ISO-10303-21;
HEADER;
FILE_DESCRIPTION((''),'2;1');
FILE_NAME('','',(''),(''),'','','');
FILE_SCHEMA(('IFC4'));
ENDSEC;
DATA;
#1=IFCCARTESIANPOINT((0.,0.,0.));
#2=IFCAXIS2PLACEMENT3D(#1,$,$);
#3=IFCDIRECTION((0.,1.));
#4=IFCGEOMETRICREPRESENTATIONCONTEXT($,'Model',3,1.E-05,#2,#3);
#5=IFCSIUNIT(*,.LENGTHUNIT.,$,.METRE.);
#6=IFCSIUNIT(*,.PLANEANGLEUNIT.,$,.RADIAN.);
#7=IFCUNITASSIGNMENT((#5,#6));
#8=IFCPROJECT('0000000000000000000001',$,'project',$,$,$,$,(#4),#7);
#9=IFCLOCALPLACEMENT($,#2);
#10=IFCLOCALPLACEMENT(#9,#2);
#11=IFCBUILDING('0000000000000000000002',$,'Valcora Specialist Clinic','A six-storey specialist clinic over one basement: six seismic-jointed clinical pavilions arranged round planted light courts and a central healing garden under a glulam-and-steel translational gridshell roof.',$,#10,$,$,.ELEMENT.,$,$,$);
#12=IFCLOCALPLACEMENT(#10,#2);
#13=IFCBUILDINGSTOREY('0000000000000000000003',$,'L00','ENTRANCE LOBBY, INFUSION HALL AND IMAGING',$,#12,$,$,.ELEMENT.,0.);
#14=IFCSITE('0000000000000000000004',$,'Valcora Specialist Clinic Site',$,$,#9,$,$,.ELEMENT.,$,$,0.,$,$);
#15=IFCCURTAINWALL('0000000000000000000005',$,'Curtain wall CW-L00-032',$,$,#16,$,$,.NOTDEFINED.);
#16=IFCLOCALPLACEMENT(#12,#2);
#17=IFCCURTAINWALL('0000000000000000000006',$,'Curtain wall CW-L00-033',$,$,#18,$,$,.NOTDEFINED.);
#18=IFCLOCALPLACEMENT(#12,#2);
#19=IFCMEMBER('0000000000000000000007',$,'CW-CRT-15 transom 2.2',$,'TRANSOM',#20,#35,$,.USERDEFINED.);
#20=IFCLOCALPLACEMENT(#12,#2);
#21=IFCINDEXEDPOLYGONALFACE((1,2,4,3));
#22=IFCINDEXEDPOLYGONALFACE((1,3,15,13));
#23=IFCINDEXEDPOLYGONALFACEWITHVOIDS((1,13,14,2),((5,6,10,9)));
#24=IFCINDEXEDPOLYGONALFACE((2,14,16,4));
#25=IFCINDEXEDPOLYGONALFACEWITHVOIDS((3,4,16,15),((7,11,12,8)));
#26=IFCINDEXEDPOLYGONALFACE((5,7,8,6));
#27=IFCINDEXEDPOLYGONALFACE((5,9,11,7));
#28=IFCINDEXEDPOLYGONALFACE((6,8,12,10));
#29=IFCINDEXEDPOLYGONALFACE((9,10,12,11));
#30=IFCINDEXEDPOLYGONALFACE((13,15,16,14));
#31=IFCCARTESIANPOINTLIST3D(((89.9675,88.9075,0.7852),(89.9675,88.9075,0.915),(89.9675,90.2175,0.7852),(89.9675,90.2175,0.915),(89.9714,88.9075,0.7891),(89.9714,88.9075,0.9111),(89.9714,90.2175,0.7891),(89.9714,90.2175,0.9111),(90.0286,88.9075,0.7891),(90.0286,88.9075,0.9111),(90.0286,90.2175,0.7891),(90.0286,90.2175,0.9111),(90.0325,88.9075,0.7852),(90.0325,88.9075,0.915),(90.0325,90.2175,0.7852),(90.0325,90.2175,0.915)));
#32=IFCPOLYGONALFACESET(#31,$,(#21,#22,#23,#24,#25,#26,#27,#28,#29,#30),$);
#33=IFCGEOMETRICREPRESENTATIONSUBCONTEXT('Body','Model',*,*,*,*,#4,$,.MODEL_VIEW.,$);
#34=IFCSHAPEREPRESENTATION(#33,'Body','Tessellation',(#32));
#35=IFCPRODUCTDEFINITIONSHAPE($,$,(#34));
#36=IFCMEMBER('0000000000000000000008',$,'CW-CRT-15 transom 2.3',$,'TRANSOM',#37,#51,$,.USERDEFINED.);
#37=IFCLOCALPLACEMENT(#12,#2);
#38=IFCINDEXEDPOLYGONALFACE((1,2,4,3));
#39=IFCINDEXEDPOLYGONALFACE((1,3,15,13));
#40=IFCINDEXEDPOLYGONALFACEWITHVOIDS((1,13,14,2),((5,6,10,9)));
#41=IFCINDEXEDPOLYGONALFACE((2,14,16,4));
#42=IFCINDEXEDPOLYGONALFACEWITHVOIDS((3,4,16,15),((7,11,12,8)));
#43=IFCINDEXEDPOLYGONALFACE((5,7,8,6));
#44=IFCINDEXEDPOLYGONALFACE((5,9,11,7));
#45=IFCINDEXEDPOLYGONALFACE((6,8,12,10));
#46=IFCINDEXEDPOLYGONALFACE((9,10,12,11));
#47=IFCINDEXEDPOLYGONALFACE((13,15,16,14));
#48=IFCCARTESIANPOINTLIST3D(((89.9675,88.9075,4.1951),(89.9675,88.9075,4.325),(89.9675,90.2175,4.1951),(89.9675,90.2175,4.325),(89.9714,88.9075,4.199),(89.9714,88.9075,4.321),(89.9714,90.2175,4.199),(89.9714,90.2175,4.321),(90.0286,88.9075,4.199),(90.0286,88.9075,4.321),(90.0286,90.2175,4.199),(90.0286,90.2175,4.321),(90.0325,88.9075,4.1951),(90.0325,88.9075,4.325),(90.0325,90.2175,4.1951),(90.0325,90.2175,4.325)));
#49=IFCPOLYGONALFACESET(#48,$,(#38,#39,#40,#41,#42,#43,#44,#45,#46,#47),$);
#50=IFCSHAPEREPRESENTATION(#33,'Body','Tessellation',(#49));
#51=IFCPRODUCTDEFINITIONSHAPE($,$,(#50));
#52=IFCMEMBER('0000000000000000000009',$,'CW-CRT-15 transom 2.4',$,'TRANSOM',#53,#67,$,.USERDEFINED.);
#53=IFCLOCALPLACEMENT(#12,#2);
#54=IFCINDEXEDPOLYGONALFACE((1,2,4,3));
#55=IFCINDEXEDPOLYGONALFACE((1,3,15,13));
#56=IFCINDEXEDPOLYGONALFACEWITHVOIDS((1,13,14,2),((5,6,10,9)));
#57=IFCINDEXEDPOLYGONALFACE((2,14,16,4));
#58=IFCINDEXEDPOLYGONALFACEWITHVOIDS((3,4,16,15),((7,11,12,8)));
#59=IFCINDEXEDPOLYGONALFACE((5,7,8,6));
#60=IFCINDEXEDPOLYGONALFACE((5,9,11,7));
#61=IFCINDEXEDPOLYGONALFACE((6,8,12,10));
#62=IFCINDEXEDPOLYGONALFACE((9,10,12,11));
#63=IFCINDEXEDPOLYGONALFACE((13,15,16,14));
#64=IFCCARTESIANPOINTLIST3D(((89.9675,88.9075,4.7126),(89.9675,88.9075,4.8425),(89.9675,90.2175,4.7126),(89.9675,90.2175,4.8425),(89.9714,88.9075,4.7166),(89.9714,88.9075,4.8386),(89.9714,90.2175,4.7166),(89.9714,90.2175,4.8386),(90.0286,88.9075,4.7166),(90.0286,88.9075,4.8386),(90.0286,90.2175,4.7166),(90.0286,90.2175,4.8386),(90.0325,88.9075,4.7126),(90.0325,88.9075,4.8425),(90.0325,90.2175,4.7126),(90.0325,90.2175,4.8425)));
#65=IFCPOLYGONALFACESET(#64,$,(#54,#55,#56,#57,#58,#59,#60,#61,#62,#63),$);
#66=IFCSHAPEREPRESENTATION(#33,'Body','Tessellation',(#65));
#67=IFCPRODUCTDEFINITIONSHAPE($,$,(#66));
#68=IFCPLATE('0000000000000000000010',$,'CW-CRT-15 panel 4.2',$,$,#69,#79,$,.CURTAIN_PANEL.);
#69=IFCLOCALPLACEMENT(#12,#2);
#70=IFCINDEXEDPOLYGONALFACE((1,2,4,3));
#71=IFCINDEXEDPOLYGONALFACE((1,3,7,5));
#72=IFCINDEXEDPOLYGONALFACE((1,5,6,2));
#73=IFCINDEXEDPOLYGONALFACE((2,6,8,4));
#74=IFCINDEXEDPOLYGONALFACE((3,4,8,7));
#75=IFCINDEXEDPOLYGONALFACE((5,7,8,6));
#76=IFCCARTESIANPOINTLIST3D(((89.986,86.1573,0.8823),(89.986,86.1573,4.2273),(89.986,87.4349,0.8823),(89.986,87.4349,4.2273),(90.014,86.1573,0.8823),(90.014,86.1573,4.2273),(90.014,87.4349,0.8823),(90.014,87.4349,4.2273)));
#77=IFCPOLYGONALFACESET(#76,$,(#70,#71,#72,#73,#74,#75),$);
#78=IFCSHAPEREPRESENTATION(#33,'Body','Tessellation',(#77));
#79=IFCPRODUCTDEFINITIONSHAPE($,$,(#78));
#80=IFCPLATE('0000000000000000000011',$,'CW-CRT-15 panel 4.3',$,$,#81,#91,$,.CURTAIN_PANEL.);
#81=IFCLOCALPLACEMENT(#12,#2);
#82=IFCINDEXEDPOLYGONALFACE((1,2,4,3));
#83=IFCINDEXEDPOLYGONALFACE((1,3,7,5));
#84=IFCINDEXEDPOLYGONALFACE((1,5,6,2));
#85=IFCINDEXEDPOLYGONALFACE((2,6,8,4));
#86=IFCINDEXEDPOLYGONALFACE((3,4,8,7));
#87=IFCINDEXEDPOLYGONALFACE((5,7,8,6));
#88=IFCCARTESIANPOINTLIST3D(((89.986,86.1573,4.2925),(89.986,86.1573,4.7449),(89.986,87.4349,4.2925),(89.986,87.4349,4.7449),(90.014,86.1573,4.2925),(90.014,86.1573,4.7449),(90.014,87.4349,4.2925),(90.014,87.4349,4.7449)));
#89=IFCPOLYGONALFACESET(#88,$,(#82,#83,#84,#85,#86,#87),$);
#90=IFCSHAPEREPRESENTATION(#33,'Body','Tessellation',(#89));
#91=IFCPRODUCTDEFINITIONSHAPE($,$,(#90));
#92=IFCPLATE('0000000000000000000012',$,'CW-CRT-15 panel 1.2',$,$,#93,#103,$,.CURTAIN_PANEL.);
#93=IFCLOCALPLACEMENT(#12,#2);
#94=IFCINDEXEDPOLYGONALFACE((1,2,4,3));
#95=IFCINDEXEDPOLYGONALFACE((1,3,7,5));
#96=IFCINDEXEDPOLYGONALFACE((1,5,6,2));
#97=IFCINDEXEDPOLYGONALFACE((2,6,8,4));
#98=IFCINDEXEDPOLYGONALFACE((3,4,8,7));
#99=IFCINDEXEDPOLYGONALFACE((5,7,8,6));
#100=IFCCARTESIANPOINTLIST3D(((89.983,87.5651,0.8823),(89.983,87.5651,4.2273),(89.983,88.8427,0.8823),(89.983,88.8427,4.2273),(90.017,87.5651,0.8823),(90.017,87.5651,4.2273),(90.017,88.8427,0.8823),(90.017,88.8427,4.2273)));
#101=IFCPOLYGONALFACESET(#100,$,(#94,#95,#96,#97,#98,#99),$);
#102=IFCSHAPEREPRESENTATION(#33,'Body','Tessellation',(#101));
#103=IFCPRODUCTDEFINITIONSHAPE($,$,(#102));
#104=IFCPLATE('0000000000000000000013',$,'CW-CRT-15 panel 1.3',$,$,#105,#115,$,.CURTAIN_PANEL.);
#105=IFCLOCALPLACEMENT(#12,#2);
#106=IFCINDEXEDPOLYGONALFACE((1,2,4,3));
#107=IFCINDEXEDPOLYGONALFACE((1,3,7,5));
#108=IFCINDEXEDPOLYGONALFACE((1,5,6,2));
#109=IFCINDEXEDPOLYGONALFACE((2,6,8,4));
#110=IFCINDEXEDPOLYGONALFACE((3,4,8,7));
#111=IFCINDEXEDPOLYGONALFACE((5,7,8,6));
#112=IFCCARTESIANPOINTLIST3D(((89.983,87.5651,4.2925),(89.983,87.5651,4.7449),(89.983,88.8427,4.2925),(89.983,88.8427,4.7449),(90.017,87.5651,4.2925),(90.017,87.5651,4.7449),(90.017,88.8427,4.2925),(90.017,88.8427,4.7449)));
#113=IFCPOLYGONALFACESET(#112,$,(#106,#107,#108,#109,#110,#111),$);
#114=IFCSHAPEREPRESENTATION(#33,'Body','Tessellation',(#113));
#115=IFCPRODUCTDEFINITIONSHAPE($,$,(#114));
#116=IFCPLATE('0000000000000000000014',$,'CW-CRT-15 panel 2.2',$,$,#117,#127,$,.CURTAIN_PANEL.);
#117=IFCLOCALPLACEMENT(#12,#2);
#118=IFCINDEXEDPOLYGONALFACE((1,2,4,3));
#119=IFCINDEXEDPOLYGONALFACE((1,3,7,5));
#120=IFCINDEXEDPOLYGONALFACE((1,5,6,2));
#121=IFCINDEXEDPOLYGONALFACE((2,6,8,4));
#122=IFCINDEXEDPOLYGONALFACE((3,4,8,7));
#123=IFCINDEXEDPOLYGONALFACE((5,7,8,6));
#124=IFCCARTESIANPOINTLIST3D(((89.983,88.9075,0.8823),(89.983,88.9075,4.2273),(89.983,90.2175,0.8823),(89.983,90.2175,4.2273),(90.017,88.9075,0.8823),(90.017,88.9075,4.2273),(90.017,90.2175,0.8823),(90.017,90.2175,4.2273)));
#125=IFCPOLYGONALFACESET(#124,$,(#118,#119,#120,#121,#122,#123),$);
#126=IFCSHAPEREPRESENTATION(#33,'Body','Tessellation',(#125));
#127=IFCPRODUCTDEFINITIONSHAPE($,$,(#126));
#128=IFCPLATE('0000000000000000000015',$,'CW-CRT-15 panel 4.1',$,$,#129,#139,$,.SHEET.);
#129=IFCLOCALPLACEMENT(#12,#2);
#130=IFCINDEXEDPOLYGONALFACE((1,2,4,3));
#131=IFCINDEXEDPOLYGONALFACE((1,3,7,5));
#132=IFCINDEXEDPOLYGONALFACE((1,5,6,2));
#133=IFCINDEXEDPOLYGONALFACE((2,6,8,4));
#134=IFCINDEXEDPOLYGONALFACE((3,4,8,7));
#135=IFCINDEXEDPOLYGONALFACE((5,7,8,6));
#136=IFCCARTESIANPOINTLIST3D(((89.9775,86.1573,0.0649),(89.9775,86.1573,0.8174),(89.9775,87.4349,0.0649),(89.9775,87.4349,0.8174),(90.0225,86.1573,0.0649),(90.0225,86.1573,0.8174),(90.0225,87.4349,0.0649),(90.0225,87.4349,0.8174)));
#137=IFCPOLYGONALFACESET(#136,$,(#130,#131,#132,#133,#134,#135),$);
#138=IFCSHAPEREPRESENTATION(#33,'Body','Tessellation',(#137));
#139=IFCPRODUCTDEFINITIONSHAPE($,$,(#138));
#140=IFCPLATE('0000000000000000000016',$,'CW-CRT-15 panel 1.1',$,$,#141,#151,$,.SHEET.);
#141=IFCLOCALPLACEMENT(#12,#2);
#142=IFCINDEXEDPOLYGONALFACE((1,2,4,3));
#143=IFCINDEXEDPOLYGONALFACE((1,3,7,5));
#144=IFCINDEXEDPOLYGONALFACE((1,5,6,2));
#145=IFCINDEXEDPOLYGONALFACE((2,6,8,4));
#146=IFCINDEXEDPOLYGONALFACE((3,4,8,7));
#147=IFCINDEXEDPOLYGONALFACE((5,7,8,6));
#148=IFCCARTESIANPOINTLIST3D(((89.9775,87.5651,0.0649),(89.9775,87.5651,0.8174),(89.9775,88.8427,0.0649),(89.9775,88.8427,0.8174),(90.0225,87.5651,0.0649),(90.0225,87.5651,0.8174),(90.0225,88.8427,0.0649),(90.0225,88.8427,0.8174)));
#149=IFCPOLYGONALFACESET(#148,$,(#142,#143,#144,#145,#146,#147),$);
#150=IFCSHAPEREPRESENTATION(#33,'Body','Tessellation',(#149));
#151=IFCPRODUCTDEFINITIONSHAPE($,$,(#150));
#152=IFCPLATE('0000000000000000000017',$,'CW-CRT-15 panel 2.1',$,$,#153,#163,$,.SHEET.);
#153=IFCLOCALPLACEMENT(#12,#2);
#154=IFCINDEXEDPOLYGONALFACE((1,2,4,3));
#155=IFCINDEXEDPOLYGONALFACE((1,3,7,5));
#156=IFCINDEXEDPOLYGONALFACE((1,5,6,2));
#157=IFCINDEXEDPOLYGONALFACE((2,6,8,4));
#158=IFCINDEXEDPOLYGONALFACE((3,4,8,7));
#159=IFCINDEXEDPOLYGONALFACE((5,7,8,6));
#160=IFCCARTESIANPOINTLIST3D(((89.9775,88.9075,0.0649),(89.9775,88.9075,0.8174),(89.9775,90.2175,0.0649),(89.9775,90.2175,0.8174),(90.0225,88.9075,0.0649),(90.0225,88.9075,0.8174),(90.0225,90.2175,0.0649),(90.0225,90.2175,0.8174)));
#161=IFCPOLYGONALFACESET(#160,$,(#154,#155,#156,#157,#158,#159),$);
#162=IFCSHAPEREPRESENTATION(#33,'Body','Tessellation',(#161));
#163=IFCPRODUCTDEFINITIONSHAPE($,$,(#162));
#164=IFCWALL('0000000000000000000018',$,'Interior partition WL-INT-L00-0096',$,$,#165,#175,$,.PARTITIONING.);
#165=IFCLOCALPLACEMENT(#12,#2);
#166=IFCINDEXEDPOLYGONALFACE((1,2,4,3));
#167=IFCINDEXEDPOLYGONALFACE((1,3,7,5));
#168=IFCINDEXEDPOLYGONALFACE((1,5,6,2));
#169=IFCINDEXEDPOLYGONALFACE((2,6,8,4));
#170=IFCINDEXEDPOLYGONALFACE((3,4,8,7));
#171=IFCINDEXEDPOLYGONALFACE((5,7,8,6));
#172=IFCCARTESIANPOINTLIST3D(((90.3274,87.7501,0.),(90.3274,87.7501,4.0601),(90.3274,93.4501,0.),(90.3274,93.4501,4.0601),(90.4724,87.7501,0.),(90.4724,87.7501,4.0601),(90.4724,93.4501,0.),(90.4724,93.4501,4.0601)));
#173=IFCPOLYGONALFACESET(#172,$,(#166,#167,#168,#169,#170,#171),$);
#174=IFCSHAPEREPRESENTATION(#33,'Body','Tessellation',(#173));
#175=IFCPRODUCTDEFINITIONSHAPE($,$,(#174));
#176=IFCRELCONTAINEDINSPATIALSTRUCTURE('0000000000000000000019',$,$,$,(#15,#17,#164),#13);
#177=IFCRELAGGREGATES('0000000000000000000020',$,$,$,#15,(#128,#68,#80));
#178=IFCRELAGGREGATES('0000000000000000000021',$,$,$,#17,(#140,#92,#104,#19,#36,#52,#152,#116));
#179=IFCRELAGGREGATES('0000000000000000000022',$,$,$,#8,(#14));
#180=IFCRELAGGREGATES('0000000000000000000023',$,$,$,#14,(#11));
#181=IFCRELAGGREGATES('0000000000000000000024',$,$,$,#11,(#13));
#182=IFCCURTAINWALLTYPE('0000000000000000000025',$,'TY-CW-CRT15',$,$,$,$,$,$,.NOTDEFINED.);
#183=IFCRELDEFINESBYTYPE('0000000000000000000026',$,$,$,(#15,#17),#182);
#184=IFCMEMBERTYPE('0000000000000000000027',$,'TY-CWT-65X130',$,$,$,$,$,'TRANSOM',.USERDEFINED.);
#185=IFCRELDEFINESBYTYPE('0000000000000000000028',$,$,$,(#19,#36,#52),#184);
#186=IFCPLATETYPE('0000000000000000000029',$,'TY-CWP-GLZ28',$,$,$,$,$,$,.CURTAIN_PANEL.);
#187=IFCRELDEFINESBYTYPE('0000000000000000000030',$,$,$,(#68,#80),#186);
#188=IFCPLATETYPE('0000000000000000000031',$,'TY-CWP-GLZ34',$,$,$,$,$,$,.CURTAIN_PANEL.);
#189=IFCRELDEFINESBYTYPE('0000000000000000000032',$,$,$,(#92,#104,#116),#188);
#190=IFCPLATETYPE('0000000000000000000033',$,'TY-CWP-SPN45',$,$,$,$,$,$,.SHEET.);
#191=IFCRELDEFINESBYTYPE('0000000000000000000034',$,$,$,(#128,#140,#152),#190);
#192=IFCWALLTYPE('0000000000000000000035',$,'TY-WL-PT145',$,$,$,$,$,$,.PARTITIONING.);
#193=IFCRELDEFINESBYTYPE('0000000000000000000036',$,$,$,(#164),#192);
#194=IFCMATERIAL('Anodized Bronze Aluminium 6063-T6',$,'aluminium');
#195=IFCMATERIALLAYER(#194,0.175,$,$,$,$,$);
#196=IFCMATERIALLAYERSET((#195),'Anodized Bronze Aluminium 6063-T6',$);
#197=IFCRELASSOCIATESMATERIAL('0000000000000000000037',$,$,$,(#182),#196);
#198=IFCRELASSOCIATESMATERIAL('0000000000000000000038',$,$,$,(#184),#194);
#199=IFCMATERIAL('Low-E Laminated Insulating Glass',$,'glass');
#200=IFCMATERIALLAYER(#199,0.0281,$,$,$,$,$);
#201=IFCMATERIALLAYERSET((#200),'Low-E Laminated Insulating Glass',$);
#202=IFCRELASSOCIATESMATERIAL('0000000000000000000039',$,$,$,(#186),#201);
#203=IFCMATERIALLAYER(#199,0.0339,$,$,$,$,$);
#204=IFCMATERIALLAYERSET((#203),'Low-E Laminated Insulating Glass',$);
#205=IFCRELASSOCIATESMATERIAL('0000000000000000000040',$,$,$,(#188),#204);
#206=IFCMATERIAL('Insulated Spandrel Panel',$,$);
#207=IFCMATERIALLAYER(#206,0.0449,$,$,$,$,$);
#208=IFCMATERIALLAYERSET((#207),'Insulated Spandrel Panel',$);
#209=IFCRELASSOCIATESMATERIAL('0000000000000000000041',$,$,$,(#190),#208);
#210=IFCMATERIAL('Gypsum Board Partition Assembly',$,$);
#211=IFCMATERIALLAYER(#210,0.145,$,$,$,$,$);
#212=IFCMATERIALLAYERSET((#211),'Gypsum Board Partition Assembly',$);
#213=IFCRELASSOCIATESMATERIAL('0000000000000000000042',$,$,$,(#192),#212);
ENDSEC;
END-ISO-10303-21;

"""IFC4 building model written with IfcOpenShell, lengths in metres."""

from ifc_helpers import new_model, si_unit, direction, frame, frame_2d, origin, origin_2d, place, context, subcontext, project, spatial, rectangle, hollow_rectangle, extrude, material, layer, layer_set, material_profile, profile_set, type_object, element, aggregate, save


model = new_model("IFC4")

# Units and contexts
model_context = context("Model", 3, precision=1e-05, world=origin(), true_north=direction((0.0, 1.0)))
body_context = subcontext(model_context, "Body", "Model", "MODEL_VIEW")
ifc_project = project(units=[si_unit("LENGTHUNIT", "METRE"), si_unit("PLANEANGLEUNIT", "RADIAN")], contexts=[model_context])

# Site, building, storey
site_placement = place(None, origin())
site = spatial("IfcSite", under=ifc_project, at=site_placement, Name="Valcora Specialist Clinic Site", CompositionType="ELEMENT", RefElevation=0.0)
building_placement = place(site_placement, origin())
building = spatial("IfcBuilding", under=site, at=building_placement, Name="Valcora Specialist Clinic", Description="A six-storey specialist clinic over one basement: six seismic-jointed clinical pavilions arranged round planted light courts and a central healing garden under a glulam-and-steel translational gridshell roof.", CompositionType="ELEMENT")
storey_placement = place(building_placement, origin())
storey = spatial("IfcBuildingStorey", under=building, at=storey_placement, Name="L00", Description="ENTRANCE LOBBY, INFUSION HALL AND IMAGING", CompositionType="ELEMENT", Elevation=0.0)

# Curtain wall
ifc_material_1 = material(Name="Anodized Bronze Aluminium 6063-T6", Category="aluminium")
ifc_layer_1 = layer(ifc_material_1, 0.175)
ifc_layer_set_1 = layer_set([ifc_layer_1], Name="Anodized Bronze Aluminium 6063-T6")
curtain_wall_type = type_object("IfcCurtainWallType", Name="TY-CW-CRT15", PredefinedType="NOTDEFINED", material=ifc_layer_set_1)
curtain_wall_1_placement = place(storey_placement, origin())
curtain_wall_1 = element("IfcCurtainWall", 1, at=curtain_wall_1_placement, inside=storey, type_object=curtain_wall_type, Name="Curtain wall CW-L00-032", PredefinedType="NOTDEFINED")

# Curtain wall
curtain_wall_2_placement = place(storey_placement, origin())
curtain_wall_2 = element("IfcCurtainWall", 2, at=curtain_wall_2_placement, inside=storey, type_object=curtain_wall_type, Name="Curtain wall CW-L00-033", PredefinedType="NOTDEFINED")

# Members
ifc_material_profile_1 = material_profile(ifc_material_1, hollow_rectangle(XDim=0.0649, YDim=0.1299, WallThickness=0.0039, at=origin_2d()), Name="AL-TRN-65X130")
ifc_profile_set_1 = profile_set([ifc_material_profile_1], Name="Anodized Bronze Aluminium 6063-T6")
member_type_1 = type_object("IfcMemberType", Name="TY-CWT-65X130", ElementType="TRANSOM", PredefinedType="USERDEFINED", material=ifc_profile_set_1)
member_1_placement = place(storey_placement, frame((90.0, 88.9075, 0.8501), z_axis=(0.0, 1.0, 0.0), x_axis=(-1.0, 0.0, 0.0)))
member_1 = element("IfcMember", 3, at=member_1_placement, type_object=member_type_1, Name="CW-CRT-15 transom 2.2", ObjectType="TRANSOM", PredefinedType="USERDEFINED", context=body_context, shape_type="SweptSolid", body=[
    extrude(hollow_rectangle(XDim=0.0649, YDim=0.1299, WallThickness=0.0039, at=origin_2d()), origin(), (0.0, 0.0, 1.0), 1.3101),
])
member_2_placement = place(storey_placement, frame((90.0, 88.9075, 4.26), z_axis=(0.0, 1.0, 0.0), x_axis=(-1.0, 0.0, 0.0)))
member_2 = element("IfcMember", 4, at=member_2_placement, type_object=member_type_1, Name="CW-CRT-15 transom 2.3", ObjectType="TRANSOM", PredefinedType="USERDEFINED", context=body_context, shape_type="SweptSolid", body=[
    extrude(hollow_rectangle(XDim=0.0649, YDim=0.1299, WallThickness=0.0039, at=origin_2d()), origin(), (0.0, 0.0, 1.0), 1.3101),
])
member_3_placement = place(storey_placement, frame((90.0, 88.9075, 4.7776), z_axis=(0.0, 1.0, 0.0), x_axis=(-1.0, 0.0, 0.0)))
member_3 = element("IfcMember", 5, at=member_3_placement, type_object=member_type_1, Name="CW-CRT-15 transom 2.4", ObjectType="TRANSOM", PredefinedType="USERDEFINED", context=body_context, shape_type="SweptSolid", body=[
    extrude(hollow_rectangle(XDim=0.0649, YDim=0.1299, WallThickness=0.0039, at=origin_2d()), origin(), (0.0, 0.0, 1.0), 1.3101),
])

# Plates
ifc_material_2 = material(Name="Low-E Laminated Insulating Glass", Category="glass")
ifc_layer_2 = layer(ifc_material_2, 0.0281)
ifc_layer_set_2 = layer_set([ifc_layer_2], Name="Low-E Laminated Insulating Glass")
plate_type_1 = type_object("IfcPlateType", Name="TY-CWP-GLZ28", PredefinedType="CURTAIN_PANEL", material=ifc_layer_set_2)
plate_1_placement = place(storey_placement, frame((90.0, 86.7961, 0.8823), z_axis=(0.0, 0.0, 1.0), x_axis=(0.0, 1.0, 0.0)))
plate_1 = element("IfcPlate", 6, at=plate_1_placement, type_object=plate_type_1, Name="CW-CRT-15 panel 4.2", PredefinedType="CURTAIN_PANEL", context=body_context, shape_type="SweptSolid", body=[
    extrude(rectangle(XDim=1.2776, YDim=0.0281, at=origin_2d()), origin(), (0.0, 0.0, 1.0), 3.345),
])
plate_2_placement = place(storey_placement, frame((90.0, 86.7961, 4.2925), z_axis=(0.0, 0.0, 1.0), x_axis=(0.0, 1.0, 0.0)))
plate_2 = element("IfcPlate", 7, at=plate_2_placement, type_object=plate_type_1, Name="CW-CRT-15 panel 4.3", PredefinedType="CURTAIN_PANEL", context=body_context, shape_type="SweptSolid", body=[
    extrude(rectangle(XDim=1.2776, YDim=0.0281, at=origin_2d()), origin(), (0.0, 0.0, 1.0), 0.4524),
])
ifc_layer_3 = layer(ifc_material_2, 0.0339)
ifc_layer_set_3 = layer_set([ifc_layer_3], Name="Low-E Laminated Insulating Glass")
plate_type_2 = type_object("IfcPlateType", Name="TY-CWP-GLZ34", PredefinedType="CURTAIN_PANEL", material=ifc_layer_set_3)
plate_3_placement = place(storey_placement, frame((90.0, 88.2039, 0.8823), z_axis=(0.0, 0.0, 1.0), x_axis=(0.0, 1.0, 0.0)))
plate_3 = element("IfcPlate", 8, at=plate_3_placement, type_object=plate_type_2, Name="CW-CRT-15 panel 1.2", PredefinedType="CURTAIN_PANEL", context=body_context, shape_type="SweptSolid", body=[
    extrude(rectangle(XDim=1.2776, YDim=0.0339, at=origin_2d()), origin(), (0.0, 0.0, 1.0), 3.345),
])
plate_4_placement = place(storey_placement, frame((90.0, 88.2039, 4.2925), z_axis=(0.0, 0.0, 1.0), x_axis=(0.0, 1.0, 0.0)))
plate_4 = element("IfcPlate", 9, at=plate_4_placement, type_object=plate_type_2, Name="CW-CRT-15 panel 1.3", PredefinedType="CURTAIN_PANEL", context=body_context, shape_type="SweptSolid", body=[
    extrude(rectangle(XDim=1.2776, YDim=0.0339, at=origin_2d()), origin(), (0.0, 0.0, 1.0), 0.4524),
])
plate_5_placement = place(storey_placement, frame((90.0, 89.5625, 0.8823), z_axis=(0.0, 0.0, 1.0), x_axis=(0.0, 1.0, 0.0)))
plate_5 = element("IfcPlate", 10, at=plate_5_placement, type_object=plate_type_2, Name="CW-CRT-15 panel 2.2", PredefinedType="CURTAIN_PANEL", context=body_context, shape_type="SweptSolid", body=[
    extrude(rectangle(XDim=1.3101, YDim=0.0339, at=origin_2d()), origin(), (0.0, 0.0, 1.0), 3.345),
])
ifc_material_3 = material(Name="Insulated Spandrel Panel")
ifc_layer_4 = layer(ifc_material_3, 0.0449)
ifc_layer_set_4 = layer_set([ifc_layer_4], Name="Insulated Spandrel Panel")
plate_type_3 = type_object("IfcPlateType", Name="TY-CWP-SPN45", PredefinedType="SHEET", material=ifc_layer_set_4)
plate_6_placement = place(storey_placement, frame((90.0, 86.7961, 0.0649), z_axis=(0.0, 0.0, 1.0), x_axis=(0.0, 1.0, 0.0)))
plate_6 = element("IfcPlate", 11, at=plate_6_placement, type_object=plate_type_3, Name="CW-CRT-15 panel 4.1", PredefinedType="SHEET", context=body_context, shape_type="SweptSolid", body=[
    extrude(rectangle(XDim=1.2776, YDim=0.0449, at=origin_2d()), origin(), (0.0, 0.0, 1.0), 0.7524),
])
aggregate(curtain_wall_1, [plate_6, plate_1, plate_2])
plate_7_placement = place(storey_placement, frame((90.0, 88.2039, 0.0649), z_axis=(0.0, 0.0, 1.0), x_axis=(0.0, 1.0, 0.0)))
plate_7 = element("IfcPlate", 12, at=plate_7_placement, type_object=plate_type_3, Name="CW-CRT-15 panel 1.1", PredefinedType="SHEET", context=body_context, shape_type="SweptSolid", body=[
    extrude(rectangle(XDim=1.2776, YDim=0.0449, at=origin_2d()), origin(), (0.0, 0.0, 1.0), 0.7524),
])
plate_8_placement = place(storey_placement, frame((90.0, 89.5625, 0.0649), z_axis=(0.0, 0.0, 1.0), x_axis=(0.0, 1.0, 0.0)))
plate_8 = element("IfcPlate", 13, at=plate_8_placement, type_object=plate_type_3, Name="CW-CRT-15 panel 2.1", PredefinedType="SHEET", context=body_context, shape_type="SweptSolid", body=[
    extrude(rectangle(XDim=1.3101, YDim=0.0449, at=origin_2d()), origin(), (0.0, 0.0, 1.0), 0.7524),
])
aggregate(curtain_wall_2, [plate_7, plate_3, plate_4, member_1, member_2, member_3, plate_8, plate_5])

# Wall
ifc_material_4 = material(Name="Gypsum Board Partition Assembly")
ifc_layer_5 = layer(ifc_material_4, 0.145)
ifc_layer_set_5 = layer_set([ifc_layer_5], Name="Gypsum Board Partition Assembly")
wall_type = type_object("IfcWallType", Name="TY-WL-PT145", PredefinedType="PARTITIONING", material=ifc_layer_set_5)
wall_placement = place(storey_placement, frame((90.3999, 87.75, 0.0), z_axis=(0.0, 0.0, 1.0), x_axis=(0.0, 1.0, 0.0)))
element("IfcWall", 14, at=wall_placement, inside=storey, type_object=wall_type, Name="Interior partition WL-INT-L00-0096", PredefinedType="PARTITIONING", context=body_context, shape_type="SweptSolid", body=[
    extrude(rectangle(XDim=5.7, YDim=0.145, at=frame_2d((2.8501, 0.0))), origin(), (0.0, 0.0, 1.0), 4.0601),
])

save(model, "model.ifc")
